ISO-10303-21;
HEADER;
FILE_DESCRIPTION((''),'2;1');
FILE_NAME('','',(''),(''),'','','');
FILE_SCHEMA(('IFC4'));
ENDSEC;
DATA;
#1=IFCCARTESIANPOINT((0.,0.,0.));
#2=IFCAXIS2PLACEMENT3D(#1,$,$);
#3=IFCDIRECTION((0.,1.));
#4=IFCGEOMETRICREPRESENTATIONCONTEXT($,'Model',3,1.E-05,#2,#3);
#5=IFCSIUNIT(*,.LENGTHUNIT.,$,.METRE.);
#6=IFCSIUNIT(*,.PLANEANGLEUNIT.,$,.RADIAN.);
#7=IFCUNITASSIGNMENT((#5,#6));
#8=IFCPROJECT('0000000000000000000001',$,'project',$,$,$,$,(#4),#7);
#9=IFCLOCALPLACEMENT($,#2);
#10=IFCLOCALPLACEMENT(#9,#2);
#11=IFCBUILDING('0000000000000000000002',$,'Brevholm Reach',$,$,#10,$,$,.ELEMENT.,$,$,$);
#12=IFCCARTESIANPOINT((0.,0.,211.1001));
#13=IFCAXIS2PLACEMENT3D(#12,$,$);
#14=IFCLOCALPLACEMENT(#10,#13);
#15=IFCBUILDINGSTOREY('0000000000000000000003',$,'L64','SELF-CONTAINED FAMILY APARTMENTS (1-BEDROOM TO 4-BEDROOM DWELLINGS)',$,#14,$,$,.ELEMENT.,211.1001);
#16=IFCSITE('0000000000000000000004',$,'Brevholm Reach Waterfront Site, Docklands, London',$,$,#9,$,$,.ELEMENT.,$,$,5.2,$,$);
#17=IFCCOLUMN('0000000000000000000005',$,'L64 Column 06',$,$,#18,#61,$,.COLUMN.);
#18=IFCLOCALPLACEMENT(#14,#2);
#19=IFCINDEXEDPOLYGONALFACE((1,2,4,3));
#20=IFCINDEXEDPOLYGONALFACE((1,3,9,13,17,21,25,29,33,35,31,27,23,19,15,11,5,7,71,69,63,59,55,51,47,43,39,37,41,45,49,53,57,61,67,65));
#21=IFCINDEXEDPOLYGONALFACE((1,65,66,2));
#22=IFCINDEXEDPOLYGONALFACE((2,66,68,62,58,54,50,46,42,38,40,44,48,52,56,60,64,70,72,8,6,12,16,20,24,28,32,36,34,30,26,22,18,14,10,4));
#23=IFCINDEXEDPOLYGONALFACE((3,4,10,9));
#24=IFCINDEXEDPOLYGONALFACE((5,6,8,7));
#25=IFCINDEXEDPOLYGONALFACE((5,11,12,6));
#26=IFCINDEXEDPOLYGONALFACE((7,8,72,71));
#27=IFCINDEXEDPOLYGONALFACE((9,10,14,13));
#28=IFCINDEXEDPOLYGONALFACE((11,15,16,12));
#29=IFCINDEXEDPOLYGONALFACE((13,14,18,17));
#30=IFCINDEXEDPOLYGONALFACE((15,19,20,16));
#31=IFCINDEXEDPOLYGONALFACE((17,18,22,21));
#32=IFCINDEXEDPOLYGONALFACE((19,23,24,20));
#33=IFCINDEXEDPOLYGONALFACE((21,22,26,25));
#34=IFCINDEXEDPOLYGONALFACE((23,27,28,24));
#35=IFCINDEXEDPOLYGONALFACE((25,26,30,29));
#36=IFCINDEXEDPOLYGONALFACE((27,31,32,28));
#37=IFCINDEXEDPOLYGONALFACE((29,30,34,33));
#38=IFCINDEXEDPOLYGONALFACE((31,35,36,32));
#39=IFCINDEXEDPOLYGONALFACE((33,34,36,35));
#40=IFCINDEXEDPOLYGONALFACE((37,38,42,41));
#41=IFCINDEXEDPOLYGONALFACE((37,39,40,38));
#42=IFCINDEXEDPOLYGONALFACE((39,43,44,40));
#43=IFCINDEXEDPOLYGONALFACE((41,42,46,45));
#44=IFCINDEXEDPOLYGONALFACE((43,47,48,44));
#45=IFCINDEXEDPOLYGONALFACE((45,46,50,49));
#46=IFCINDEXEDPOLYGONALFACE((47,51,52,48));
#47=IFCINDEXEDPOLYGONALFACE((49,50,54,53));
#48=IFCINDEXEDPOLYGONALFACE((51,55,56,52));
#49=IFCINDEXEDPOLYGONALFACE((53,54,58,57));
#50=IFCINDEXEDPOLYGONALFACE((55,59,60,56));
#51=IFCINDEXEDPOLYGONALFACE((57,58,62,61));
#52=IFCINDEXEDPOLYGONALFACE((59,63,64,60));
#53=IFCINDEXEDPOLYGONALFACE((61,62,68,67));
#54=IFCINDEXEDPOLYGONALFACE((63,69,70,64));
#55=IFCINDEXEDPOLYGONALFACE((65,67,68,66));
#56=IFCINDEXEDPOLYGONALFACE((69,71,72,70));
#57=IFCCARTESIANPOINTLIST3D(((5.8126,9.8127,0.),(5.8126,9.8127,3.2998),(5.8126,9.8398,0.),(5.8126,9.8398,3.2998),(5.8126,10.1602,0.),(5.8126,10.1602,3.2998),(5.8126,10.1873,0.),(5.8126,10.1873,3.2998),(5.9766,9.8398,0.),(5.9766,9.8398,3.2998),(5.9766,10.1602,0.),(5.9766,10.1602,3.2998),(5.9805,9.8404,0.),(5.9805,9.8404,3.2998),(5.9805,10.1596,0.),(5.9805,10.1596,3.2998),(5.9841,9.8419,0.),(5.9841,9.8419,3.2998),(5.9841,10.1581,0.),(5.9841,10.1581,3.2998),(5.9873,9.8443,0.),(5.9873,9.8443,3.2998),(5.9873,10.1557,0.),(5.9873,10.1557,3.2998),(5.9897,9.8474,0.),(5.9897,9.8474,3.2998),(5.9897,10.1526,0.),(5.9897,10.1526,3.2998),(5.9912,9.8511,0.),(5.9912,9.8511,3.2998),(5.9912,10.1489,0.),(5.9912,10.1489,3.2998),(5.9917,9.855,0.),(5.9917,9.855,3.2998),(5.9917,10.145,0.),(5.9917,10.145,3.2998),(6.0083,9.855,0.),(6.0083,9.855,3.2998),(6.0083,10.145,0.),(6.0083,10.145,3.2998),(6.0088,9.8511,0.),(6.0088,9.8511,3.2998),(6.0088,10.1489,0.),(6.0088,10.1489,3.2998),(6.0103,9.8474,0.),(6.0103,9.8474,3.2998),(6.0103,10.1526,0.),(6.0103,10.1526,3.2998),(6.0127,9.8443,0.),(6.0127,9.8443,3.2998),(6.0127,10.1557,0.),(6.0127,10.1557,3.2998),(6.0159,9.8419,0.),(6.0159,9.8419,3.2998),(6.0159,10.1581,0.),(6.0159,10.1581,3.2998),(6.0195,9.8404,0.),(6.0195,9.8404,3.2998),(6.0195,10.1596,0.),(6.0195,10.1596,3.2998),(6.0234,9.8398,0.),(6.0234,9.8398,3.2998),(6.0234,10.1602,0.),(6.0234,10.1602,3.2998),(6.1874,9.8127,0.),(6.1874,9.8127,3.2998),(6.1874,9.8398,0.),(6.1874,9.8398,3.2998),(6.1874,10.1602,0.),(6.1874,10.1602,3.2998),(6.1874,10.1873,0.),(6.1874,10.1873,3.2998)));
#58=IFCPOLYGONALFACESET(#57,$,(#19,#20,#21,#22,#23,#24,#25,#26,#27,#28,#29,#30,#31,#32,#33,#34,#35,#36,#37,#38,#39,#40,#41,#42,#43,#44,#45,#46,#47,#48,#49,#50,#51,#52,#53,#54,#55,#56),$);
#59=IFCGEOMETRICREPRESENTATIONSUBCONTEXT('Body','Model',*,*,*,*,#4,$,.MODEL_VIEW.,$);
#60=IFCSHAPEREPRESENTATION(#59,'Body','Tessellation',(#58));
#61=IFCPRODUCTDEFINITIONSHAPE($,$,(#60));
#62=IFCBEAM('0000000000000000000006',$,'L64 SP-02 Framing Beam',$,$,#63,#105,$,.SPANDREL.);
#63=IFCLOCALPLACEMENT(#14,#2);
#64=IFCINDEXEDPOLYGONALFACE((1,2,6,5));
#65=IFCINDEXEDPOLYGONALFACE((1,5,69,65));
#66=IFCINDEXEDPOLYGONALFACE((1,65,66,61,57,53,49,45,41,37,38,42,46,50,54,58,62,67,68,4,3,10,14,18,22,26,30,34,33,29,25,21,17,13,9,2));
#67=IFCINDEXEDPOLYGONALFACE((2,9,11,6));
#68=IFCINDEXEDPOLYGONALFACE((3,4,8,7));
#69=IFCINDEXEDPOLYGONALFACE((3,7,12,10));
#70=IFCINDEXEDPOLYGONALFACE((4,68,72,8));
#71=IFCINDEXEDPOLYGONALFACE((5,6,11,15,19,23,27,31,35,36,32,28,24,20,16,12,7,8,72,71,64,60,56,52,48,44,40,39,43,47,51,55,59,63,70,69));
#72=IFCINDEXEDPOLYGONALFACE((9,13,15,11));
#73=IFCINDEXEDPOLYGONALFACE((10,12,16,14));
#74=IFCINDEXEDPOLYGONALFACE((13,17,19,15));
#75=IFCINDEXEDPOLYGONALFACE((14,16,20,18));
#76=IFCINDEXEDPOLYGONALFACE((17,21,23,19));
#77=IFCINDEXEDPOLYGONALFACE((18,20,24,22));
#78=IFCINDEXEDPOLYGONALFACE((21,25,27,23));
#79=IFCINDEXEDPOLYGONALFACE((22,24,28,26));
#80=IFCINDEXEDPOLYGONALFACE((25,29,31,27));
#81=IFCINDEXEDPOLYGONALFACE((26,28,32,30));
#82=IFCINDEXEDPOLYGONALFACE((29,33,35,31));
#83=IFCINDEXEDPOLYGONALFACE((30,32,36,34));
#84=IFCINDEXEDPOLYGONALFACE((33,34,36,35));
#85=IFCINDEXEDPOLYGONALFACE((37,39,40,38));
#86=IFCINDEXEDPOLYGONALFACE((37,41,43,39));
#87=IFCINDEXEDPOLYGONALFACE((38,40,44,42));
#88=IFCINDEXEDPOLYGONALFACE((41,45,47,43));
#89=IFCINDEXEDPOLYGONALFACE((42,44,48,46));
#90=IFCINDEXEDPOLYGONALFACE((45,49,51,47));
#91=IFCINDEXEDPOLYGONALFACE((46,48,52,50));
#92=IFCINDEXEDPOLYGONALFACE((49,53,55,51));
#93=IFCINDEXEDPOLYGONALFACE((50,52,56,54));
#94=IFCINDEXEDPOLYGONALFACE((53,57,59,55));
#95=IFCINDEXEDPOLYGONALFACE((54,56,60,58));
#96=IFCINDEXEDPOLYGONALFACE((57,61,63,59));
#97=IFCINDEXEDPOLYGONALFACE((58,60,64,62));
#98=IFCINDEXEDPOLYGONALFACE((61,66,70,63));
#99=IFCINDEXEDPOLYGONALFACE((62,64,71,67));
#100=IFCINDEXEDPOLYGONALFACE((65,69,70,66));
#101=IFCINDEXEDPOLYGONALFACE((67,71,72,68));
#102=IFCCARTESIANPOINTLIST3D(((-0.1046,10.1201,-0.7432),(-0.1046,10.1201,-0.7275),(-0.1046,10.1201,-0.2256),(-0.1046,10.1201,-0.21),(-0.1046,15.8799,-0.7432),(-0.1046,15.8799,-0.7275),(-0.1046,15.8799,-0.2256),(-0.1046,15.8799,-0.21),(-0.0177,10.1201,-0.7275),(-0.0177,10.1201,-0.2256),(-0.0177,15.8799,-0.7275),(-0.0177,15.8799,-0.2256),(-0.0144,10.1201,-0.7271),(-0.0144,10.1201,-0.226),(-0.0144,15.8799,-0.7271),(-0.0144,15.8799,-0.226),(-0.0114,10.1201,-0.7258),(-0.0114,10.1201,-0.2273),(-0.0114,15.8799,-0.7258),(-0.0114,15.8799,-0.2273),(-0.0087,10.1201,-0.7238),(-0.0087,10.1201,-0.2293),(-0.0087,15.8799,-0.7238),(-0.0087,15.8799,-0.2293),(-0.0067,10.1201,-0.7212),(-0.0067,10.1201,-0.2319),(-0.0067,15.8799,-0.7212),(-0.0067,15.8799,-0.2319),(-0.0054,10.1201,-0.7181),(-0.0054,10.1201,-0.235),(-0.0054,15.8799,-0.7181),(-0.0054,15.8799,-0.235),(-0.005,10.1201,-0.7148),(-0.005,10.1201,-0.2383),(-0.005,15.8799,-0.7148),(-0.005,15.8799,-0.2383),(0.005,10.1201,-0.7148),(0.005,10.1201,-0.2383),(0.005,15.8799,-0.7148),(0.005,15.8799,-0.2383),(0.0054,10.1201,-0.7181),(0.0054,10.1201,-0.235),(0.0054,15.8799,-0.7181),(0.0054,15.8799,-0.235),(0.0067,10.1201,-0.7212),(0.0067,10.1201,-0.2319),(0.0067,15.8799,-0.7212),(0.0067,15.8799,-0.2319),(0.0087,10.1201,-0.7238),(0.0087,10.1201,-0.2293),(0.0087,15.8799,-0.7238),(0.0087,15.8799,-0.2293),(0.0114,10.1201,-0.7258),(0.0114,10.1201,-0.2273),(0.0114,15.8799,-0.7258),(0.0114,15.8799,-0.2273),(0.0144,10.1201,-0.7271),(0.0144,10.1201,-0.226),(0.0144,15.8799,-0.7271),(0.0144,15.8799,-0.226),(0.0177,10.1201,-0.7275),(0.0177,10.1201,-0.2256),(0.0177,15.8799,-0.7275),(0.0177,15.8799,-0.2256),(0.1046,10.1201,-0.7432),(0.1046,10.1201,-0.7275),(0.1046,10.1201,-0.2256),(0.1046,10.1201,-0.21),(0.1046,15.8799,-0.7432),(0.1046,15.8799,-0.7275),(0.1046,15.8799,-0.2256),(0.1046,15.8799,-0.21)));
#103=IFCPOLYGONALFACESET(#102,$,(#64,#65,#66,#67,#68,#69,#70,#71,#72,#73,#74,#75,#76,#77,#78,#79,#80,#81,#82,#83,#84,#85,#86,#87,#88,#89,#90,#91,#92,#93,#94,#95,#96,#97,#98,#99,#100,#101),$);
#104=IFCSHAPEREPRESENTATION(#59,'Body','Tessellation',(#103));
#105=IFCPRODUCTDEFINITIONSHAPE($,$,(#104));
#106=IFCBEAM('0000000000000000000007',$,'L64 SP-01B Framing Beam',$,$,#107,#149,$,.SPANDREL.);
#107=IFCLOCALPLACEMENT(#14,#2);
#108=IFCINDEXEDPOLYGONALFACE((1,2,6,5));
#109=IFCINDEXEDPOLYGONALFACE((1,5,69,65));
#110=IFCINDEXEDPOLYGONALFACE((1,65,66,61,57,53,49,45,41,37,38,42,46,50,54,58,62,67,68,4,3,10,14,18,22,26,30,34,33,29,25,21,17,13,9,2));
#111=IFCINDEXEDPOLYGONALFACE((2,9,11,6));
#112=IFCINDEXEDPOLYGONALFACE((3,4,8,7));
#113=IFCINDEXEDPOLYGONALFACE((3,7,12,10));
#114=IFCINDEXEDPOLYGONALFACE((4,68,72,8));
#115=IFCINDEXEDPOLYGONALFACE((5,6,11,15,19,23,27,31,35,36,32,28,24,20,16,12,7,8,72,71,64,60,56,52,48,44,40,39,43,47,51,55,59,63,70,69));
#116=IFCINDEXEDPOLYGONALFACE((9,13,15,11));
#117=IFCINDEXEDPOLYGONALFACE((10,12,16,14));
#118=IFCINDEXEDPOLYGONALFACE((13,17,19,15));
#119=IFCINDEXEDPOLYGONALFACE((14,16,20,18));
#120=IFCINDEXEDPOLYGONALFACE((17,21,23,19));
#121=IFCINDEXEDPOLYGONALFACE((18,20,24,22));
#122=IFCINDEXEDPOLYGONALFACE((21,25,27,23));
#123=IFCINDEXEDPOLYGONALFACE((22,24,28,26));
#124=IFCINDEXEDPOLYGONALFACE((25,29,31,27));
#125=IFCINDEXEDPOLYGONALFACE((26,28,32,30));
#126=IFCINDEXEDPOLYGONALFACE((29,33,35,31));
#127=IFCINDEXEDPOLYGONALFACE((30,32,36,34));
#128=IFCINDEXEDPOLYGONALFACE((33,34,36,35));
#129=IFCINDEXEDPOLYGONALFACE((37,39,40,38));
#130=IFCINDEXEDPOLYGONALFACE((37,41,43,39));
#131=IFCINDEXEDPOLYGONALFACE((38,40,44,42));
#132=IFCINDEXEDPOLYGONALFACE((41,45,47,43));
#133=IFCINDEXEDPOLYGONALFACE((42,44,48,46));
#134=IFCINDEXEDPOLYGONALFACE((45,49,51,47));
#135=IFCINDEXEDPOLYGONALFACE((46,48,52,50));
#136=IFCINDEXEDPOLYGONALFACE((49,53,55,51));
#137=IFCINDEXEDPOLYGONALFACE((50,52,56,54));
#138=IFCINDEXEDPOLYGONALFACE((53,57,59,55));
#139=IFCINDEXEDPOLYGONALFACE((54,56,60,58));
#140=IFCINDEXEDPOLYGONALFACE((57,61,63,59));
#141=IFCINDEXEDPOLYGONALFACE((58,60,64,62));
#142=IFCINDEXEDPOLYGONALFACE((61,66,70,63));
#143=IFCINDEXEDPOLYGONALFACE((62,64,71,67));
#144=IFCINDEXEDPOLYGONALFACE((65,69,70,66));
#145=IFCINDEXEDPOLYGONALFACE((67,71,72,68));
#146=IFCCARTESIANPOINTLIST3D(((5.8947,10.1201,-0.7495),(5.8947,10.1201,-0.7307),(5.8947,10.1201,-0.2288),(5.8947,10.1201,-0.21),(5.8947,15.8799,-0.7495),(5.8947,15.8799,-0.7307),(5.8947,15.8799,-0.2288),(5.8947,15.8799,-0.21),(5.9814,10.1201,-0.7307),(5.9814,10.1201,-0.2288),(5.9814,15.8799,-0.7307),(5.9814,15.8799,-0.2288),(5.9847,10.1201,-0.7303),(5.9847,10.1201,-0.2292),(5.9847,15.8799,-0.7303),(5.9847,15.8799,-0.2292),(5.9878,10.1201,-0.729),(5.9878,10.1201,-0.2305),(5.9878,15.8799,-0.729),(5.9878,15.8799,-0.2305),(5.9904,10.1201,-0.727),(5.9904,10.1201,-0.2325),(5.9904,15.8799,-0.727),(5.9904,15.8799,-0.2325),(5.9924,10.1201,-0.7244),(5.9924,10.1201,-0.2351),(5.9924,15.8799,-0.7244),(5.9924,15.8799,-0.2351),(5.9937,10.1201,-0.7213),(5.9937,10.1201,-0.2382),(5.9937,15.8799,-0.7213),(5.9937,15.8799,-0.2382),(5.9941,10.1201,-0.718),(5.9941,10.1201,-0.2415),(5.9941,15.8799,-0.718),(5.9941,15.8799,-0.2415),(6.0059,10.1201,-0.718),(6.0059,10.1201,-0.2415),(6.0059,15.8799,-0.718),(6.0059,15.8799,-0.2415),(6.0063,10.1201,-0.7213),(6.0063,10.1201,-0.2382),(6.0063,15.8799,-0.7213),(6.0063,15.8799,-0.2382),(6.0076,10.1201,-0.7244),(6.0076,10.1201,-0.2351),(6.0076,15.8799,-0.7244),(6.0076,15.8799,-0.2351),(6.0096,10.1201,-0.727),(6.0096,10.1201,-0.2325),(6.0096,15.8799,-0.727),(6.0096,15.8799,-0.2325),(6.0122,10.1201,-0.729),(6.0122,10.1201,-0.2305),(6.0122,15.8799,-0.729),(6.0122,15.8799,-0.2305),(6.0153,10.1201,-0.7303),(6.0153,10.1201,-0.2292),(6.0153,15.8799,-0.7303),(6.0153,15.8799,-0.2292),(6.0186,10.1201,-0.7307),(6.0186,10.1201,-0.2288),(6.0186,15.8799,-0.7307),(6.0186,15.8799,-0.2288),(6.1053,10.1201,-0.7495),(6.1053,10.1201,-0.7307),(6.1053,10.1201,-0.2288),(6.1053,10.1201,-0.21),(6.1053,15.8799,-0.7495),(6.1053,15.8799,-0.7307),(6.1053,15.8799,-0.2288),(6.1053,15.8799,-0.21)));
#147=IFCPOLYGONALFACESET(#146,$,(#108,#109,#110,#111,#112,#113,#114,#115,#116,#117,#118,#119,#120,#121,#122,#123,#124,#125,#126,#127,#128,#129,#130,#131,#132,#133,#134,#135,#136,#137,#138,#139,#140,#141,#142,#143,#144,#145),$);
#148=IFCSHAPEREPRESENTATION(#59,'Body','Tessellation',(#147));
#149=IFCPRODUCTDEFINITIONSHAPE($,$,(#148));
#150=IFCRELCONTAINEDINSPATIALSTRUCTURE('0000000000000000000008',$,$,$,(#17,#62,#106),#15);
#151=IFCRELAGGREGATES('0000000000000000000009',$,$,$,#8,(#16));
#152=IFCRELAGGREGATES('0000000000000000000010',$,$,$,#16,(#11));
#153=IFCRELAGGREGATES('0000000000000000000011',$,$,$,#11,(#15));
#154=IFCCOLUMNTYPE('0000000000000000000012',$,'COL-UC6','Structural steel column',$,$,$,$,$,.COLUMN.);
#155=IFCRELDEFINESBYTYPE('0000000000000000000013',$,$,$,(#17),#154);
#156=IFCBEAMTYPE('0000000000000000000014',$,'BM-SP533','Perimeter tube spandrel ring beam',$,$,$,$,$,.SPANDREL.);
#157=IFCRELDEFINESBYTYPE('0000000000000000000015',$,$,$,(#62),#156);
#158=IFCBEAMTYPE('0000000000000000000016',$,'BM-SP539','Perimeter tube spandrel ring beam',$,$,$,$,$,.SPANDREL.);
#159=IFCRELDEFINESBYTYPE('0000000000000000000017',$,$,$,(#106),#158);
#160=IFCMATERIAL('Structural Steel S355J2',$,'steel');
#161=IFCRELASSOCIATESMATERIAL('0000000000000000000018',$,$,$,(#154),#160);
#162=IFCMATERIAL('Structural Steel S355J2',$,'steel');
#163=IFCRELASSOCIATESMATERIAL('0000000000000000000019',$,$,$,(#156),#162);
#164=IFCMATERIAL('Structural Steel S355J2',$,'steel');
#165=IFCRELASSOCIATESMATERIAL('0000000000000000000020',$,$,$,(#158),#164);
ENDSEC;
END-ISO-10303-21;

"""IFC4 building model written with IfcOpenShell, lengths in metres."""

from ifc_helpers import new_model, si_unit, direction, frame, origin, origin_2d, place, context, subcontext, project, spatial, i_section, extrude, material, material_profile, profile_set, type_object, element, save


model = new_model("IFC4")

# Units and contexts
model_context = context("Model", 3, precision=1e-05, world=origin(), true_north=direction((0.0, 1.0)))
body_context = subcontext(model_context, "Body", "Model", "MODEL_VIEW")
ifc_project = project(units=[si_unit("LENGTHUNIT", "METRE"), si_unit("PLANEANGLEUNIT", "RADIAN")], contexts=[model_context])

# Site, building, storey
site_placement = place(None, origin())
site = spatial("IfcSite", under=ifc_project, at=site_placement, Name="Brevholm Reach Waterfront Site, Docklands, London", CompositionType="ELEMENT", RefElevation=5.2)
building_placement = place(site_placement, origin())
building = spatial("IfcBuilding", under=site, at=building_placement, Name="Brevholm Reach", CompositionType="ELEMENT")
storey_placement = place(building_placement, frame((0.0, 0.0, 211.1001)))
storey = spatial("IfcBuildingStorey", under=building, at=storey_placement, Name="L64", Description="SELF-CONTAINED FAMILY APARTMENTS (1-BEDROOM TO 4-BEDROOM DWELLINGS)", CompositionType="ELEMENT", Elevation=211.1001)

# Column
ifc_material_1 = material(Name="Structural Steel S355J2", Category="steel")
ifc_material_profile_1 = material_profile(ifc_material_1, i_section(OverallWidth=0.3748, OverallDepth=0.3745, WebThickness=0.0166, FlangeThickness=0.0271, FilletRadius=0.0151, at=origin_2d()), Name="UKC 356x368x202")
ifc_profile_set_1 = profile_set([ifc_material_profile_1], Name="Structural Steel S355J2")
column_type = type_object("IfcColumnType", Name="COL-UC6", Description="Structural steel column", PredefinedType="COLUMN", material=ifc_profile_set_1)
column_placement = place(storey_placement, frame((6.0, 10.0, 0.0), z_axis=(0.0, 0.0, 1.0), x_axis=(1.0, 0.0, 0.0)))
element("IfcColumn", 1, at=column_placement, inside=storey, type_object=column_type, Name="L64 Column 06", PredefinedType="COLUMN", context=body_context, shape_type="SweptSolid", body=[
    extrude(i_section(OverallWidth=0.3748, OverallDepth=0.3745, WebThickness=0.0166, FlangeThickness=0.0271, FilletRadius=0.0151, at=origin_2d()), origin(), (0.0, 0.0, 1.0), 3.2998),
])

# Beams
ifc_material_2 = material(Name="Structural Steel S355J2", Category="steel")
ifc_material_profile_2 = material_profile(ifc_material_2, i_section(OverallWidth=0.2092, OverallDepth=0.5332, WebThickness=0.01, FlangeThickness=0.0156, FilletRadius=0.0127, at=origin_2d()), Name="UKB 533x210x92")
ifc_profile_set_2 = profile_set([ifc_material_profile_2], Name="Structural Steel S355J2")
beam_type_1 = type_object("IfcBeamType", Name="BM-SP533", Description="Perimeter tube spandrel ring beam", PredefinedType="SPANDREL", material=ifc_profile_set_2)
beam_1_placement = place(storey_placement, frame((0.0, 10.1201, -0.4766), z_axis=(0.0, 1.0, 0.0), x_axis=(-1.0, 0.0, 0.0)))
element("IfcBeam", 2, at=beam_1_placement, inside=storey, type_object=beam_type_1, Name="L64 SP-02 Framing Beam", PredefinedType="SPANDREL", context=body_context, shape_type="SweptSolid", body=[
    extrude(i_section(OverallWidth=0.2092, OverallDepth=0.5332, WebThickness=0.01, FlangeThickness=0.0156, FilletRadius=0.0127, at=origin_2d()), origin(), (0.0, 0.0, 1.0), 5.7598),
])
ifc_material_3 = material(Name="Structural Steel S355J2", Category="steel")
ifc_material_profile_3 = material_profile(ifc_material_3, i_section(OverallWidth=0.2107, OverallDepth=0.5396, WebThickness=0.0117, FlangeThickness=0.0188, FilletRadius=0.0127, at=origin_2d()), Name="UKB 533x210x109")
ifc_profile_set_3 = profile_set([ifc_material_profile_3], Name="Structural Steel S355J2")
beam_type_2 = type_object("IfcBeamType", Name="BM-SP539", Description="Perimeter tube spandrel ring beam", PredefinedType="SPANDREL", material=ifc_profile_set_3)
beam_2_placement = place(storey_placement, frame((6.0, 10.1201, -0.4797), z_axis=(0.0, 1.0, 0.0), x_axis=(-1.0, 0.0, 0.0)))
element("IfcBeam", 3, at=beam_2_placement, inside=storey, type_object=beam_type_2, Name="L64 SP-01B Framing Beam", PredefinedType="SPANDREL", context=body_context, shape_type="SweptSolid", body=[
    extrude(i_section(OverallWidth=0.2107, OverallDepth=0.5396, WebThickness=0.0117, FlangeThickness=0.0188, FilletRadius=0.0127, at=origin_2d()), origin(), (0.0, 0.0, 1.0), 5.7598),
])

save(model, "model.ifc")
